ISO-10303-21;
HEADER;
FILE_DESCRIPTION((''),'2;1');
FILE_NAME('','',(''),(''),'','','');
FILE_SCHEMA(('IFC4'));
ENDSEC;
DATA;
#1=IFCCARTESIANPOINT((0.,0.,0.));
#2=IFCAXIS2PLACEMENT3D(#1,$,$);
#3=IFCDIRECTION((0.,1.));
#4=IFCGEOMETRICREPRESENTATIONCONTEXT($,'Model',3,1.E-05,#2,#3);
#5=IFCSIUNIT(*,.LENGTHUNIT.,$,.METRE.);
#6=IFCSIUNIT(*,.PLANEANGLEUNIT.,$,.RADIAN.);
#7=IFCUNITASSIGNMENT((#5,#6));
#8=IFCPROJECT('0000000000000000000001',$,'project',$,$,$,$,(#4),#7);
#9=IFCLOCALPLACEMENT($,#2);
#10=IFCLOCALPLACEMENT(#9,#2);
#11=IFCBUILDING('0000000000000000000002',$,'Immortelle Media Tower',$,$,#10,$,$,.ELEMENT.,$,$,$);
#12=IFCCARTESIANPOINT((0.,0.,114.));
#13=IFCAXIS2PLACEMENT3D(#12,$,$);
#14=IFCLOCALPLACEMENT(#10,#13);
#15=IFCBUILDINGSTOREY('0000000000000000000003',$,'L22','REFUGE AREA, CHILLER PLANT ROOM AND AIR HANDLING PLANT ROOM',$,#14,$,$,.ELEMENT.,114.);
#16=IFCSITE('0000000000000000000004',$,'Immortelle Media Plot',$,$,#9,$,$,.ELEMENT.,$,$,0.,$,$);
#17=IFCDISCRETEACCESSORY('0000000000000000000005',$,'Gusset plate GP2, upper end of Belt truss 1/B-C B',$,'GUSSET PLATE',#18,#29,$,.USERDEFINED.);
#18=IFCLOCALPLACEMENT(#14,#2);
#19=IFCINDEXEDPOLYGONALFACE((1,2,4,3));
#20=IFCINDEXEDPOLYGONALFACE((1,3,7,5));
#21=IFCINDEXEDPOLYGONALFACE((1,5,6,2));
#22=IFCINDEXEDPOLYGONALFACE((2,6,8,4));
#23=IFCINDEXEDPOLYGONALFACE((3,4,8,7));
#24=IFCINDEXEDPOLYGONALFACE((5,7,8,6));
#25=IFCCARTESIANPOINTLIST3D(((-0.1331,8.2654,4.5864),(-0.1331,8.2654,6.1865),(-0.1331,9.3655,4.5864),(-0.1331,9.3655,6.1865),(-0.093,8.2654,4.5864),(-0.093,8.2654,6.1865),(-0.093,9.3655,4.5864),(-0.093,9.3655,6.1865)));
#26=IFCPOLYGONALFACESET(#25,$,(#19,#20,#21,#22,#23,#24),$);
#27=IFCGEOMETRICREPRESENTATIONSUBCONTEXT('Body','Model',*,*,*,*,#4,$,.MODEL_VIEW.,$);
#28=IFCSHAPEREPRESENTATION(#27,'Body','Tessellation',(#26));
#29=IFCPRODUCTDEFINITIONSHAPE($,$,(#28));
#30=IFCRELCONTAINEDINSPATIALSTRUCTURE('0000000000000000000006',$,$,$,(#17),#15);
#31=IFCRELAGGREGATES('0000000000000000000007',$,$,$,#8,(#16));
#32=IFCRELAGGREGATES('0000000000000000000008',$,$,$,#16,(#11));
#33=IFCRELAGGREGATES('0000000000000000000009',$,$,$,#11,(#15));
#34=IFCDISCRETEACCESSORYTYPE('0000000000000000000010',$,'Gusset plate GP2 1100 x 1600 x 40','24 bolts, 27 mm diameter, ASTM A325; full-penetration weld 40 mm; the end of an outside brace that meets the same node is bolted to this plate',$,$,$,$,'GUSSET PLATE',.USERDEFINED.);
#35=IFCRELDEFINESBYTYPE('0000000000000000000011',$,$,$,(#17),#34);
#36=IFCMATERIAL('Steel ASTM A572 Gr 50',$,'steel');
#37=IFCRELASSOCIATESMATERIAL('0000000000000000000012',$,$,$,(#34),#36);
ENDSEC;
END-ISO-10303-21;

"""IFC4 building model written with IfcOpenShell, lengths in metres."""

from ifc_helpers import new_model, si_unit, direction, frame, origin, origin_2d, place, context, subcontext, project, spatial, rectangle, extrude, material, material_profile, profile_set, type_object, element, save


model = new_model("IFC4")

# Units and contexts
model_context = context("Model", 3, precision=1e-05, world=origin(), true_north=direction((0.0, 1.0)))
body_context = subcontext(model_context, "Body", "Model", "MODEL_VIEW")
ifc_project = project(units=[si_unit("LENGTHUNIT", "METRE"), si_unit("PLANEANGLEUNIT", "RADIAN")], contexts=[model_context])

# Site, building, storey
site_placement = place(None, origin())
site = spatial("IfcSite", under=ifc_project, at=site_placement, Name="Immortelle Media Plot", CompositionType="ELEMENT", RefElevation=0.0)
building_placement = place(site_placement, origin())
building = spatial("IfcBuilding", under=site, at=building_placement, Name="Immortelle Media Tower", CompositionType="ELEMENT")
storey_placement = place(building_placement, frame((0.0, 0.0, 114.0)))
storey = spatial("IfcBuildingStorey", under=building, at=storey_placement, Name="L22", Description="REFUGE AREA, CHILLER PLANT ROOM AND AIR HANDLING PLANT ROOM", CompositionType="ELEMENT", Elevation=114.0)

# Discrete accessory
ifc_material_1 = material(Name="Steel ASTM A572 Gr 50", Category="steel")
ifc_material_profile_1 = material_profile(ifc_material_1, rectangle(XDim=0.04, YDim=1.6001, at=origin_2d()), Name="PL 40 x 1600")
ifc_profile_set_1 = profile_set([ifc_material_profile_1], Name="Steel ASTM A572 Gr 50")
discrete_accessory_type_1 = type_object("IfcDiscreteAccessoryType", Name="Gusset plate GP2 1100 x 1600 x 40", Description="24 bolts, 27 mm diameter, ASTM A325; full-penetration weld 40 mm; the end of an outside brace that meets the same node is bolted to this plate", ElementType="GUSSET PLATE", PredefinedType="USERDEFINED", material=ifc_profile_set_1)
for number, where, z_axis, x_axis, name in (
    (1, (-0.113, 8.2654, 5.3865), (0.0, 1.0, 0.0), (-1.0, 0.0, 0.0), "Gusset plate GP2, upper end of Belt truss 1/B-C B"),
):
    element("IfcDiscreteAccessory", number, at=place(storey_placement, frame(where, z_axis=z_axis, x_axis=x_axis)), inside=storey, type_object=discrete_accessory_type_1, Name=name, ObjectType="GUSSET PLATE", PredefinedType="USERDEFINED", context=body_context, shape_type="SweptSolid", body=[
        extrude(rectangle(XDim=0.04, YDim=1.6001, at=origin_2d()), origin(), (0.0, 0.0, 1.0), 1.1001),
    ])

save(model, "model.ifc")
